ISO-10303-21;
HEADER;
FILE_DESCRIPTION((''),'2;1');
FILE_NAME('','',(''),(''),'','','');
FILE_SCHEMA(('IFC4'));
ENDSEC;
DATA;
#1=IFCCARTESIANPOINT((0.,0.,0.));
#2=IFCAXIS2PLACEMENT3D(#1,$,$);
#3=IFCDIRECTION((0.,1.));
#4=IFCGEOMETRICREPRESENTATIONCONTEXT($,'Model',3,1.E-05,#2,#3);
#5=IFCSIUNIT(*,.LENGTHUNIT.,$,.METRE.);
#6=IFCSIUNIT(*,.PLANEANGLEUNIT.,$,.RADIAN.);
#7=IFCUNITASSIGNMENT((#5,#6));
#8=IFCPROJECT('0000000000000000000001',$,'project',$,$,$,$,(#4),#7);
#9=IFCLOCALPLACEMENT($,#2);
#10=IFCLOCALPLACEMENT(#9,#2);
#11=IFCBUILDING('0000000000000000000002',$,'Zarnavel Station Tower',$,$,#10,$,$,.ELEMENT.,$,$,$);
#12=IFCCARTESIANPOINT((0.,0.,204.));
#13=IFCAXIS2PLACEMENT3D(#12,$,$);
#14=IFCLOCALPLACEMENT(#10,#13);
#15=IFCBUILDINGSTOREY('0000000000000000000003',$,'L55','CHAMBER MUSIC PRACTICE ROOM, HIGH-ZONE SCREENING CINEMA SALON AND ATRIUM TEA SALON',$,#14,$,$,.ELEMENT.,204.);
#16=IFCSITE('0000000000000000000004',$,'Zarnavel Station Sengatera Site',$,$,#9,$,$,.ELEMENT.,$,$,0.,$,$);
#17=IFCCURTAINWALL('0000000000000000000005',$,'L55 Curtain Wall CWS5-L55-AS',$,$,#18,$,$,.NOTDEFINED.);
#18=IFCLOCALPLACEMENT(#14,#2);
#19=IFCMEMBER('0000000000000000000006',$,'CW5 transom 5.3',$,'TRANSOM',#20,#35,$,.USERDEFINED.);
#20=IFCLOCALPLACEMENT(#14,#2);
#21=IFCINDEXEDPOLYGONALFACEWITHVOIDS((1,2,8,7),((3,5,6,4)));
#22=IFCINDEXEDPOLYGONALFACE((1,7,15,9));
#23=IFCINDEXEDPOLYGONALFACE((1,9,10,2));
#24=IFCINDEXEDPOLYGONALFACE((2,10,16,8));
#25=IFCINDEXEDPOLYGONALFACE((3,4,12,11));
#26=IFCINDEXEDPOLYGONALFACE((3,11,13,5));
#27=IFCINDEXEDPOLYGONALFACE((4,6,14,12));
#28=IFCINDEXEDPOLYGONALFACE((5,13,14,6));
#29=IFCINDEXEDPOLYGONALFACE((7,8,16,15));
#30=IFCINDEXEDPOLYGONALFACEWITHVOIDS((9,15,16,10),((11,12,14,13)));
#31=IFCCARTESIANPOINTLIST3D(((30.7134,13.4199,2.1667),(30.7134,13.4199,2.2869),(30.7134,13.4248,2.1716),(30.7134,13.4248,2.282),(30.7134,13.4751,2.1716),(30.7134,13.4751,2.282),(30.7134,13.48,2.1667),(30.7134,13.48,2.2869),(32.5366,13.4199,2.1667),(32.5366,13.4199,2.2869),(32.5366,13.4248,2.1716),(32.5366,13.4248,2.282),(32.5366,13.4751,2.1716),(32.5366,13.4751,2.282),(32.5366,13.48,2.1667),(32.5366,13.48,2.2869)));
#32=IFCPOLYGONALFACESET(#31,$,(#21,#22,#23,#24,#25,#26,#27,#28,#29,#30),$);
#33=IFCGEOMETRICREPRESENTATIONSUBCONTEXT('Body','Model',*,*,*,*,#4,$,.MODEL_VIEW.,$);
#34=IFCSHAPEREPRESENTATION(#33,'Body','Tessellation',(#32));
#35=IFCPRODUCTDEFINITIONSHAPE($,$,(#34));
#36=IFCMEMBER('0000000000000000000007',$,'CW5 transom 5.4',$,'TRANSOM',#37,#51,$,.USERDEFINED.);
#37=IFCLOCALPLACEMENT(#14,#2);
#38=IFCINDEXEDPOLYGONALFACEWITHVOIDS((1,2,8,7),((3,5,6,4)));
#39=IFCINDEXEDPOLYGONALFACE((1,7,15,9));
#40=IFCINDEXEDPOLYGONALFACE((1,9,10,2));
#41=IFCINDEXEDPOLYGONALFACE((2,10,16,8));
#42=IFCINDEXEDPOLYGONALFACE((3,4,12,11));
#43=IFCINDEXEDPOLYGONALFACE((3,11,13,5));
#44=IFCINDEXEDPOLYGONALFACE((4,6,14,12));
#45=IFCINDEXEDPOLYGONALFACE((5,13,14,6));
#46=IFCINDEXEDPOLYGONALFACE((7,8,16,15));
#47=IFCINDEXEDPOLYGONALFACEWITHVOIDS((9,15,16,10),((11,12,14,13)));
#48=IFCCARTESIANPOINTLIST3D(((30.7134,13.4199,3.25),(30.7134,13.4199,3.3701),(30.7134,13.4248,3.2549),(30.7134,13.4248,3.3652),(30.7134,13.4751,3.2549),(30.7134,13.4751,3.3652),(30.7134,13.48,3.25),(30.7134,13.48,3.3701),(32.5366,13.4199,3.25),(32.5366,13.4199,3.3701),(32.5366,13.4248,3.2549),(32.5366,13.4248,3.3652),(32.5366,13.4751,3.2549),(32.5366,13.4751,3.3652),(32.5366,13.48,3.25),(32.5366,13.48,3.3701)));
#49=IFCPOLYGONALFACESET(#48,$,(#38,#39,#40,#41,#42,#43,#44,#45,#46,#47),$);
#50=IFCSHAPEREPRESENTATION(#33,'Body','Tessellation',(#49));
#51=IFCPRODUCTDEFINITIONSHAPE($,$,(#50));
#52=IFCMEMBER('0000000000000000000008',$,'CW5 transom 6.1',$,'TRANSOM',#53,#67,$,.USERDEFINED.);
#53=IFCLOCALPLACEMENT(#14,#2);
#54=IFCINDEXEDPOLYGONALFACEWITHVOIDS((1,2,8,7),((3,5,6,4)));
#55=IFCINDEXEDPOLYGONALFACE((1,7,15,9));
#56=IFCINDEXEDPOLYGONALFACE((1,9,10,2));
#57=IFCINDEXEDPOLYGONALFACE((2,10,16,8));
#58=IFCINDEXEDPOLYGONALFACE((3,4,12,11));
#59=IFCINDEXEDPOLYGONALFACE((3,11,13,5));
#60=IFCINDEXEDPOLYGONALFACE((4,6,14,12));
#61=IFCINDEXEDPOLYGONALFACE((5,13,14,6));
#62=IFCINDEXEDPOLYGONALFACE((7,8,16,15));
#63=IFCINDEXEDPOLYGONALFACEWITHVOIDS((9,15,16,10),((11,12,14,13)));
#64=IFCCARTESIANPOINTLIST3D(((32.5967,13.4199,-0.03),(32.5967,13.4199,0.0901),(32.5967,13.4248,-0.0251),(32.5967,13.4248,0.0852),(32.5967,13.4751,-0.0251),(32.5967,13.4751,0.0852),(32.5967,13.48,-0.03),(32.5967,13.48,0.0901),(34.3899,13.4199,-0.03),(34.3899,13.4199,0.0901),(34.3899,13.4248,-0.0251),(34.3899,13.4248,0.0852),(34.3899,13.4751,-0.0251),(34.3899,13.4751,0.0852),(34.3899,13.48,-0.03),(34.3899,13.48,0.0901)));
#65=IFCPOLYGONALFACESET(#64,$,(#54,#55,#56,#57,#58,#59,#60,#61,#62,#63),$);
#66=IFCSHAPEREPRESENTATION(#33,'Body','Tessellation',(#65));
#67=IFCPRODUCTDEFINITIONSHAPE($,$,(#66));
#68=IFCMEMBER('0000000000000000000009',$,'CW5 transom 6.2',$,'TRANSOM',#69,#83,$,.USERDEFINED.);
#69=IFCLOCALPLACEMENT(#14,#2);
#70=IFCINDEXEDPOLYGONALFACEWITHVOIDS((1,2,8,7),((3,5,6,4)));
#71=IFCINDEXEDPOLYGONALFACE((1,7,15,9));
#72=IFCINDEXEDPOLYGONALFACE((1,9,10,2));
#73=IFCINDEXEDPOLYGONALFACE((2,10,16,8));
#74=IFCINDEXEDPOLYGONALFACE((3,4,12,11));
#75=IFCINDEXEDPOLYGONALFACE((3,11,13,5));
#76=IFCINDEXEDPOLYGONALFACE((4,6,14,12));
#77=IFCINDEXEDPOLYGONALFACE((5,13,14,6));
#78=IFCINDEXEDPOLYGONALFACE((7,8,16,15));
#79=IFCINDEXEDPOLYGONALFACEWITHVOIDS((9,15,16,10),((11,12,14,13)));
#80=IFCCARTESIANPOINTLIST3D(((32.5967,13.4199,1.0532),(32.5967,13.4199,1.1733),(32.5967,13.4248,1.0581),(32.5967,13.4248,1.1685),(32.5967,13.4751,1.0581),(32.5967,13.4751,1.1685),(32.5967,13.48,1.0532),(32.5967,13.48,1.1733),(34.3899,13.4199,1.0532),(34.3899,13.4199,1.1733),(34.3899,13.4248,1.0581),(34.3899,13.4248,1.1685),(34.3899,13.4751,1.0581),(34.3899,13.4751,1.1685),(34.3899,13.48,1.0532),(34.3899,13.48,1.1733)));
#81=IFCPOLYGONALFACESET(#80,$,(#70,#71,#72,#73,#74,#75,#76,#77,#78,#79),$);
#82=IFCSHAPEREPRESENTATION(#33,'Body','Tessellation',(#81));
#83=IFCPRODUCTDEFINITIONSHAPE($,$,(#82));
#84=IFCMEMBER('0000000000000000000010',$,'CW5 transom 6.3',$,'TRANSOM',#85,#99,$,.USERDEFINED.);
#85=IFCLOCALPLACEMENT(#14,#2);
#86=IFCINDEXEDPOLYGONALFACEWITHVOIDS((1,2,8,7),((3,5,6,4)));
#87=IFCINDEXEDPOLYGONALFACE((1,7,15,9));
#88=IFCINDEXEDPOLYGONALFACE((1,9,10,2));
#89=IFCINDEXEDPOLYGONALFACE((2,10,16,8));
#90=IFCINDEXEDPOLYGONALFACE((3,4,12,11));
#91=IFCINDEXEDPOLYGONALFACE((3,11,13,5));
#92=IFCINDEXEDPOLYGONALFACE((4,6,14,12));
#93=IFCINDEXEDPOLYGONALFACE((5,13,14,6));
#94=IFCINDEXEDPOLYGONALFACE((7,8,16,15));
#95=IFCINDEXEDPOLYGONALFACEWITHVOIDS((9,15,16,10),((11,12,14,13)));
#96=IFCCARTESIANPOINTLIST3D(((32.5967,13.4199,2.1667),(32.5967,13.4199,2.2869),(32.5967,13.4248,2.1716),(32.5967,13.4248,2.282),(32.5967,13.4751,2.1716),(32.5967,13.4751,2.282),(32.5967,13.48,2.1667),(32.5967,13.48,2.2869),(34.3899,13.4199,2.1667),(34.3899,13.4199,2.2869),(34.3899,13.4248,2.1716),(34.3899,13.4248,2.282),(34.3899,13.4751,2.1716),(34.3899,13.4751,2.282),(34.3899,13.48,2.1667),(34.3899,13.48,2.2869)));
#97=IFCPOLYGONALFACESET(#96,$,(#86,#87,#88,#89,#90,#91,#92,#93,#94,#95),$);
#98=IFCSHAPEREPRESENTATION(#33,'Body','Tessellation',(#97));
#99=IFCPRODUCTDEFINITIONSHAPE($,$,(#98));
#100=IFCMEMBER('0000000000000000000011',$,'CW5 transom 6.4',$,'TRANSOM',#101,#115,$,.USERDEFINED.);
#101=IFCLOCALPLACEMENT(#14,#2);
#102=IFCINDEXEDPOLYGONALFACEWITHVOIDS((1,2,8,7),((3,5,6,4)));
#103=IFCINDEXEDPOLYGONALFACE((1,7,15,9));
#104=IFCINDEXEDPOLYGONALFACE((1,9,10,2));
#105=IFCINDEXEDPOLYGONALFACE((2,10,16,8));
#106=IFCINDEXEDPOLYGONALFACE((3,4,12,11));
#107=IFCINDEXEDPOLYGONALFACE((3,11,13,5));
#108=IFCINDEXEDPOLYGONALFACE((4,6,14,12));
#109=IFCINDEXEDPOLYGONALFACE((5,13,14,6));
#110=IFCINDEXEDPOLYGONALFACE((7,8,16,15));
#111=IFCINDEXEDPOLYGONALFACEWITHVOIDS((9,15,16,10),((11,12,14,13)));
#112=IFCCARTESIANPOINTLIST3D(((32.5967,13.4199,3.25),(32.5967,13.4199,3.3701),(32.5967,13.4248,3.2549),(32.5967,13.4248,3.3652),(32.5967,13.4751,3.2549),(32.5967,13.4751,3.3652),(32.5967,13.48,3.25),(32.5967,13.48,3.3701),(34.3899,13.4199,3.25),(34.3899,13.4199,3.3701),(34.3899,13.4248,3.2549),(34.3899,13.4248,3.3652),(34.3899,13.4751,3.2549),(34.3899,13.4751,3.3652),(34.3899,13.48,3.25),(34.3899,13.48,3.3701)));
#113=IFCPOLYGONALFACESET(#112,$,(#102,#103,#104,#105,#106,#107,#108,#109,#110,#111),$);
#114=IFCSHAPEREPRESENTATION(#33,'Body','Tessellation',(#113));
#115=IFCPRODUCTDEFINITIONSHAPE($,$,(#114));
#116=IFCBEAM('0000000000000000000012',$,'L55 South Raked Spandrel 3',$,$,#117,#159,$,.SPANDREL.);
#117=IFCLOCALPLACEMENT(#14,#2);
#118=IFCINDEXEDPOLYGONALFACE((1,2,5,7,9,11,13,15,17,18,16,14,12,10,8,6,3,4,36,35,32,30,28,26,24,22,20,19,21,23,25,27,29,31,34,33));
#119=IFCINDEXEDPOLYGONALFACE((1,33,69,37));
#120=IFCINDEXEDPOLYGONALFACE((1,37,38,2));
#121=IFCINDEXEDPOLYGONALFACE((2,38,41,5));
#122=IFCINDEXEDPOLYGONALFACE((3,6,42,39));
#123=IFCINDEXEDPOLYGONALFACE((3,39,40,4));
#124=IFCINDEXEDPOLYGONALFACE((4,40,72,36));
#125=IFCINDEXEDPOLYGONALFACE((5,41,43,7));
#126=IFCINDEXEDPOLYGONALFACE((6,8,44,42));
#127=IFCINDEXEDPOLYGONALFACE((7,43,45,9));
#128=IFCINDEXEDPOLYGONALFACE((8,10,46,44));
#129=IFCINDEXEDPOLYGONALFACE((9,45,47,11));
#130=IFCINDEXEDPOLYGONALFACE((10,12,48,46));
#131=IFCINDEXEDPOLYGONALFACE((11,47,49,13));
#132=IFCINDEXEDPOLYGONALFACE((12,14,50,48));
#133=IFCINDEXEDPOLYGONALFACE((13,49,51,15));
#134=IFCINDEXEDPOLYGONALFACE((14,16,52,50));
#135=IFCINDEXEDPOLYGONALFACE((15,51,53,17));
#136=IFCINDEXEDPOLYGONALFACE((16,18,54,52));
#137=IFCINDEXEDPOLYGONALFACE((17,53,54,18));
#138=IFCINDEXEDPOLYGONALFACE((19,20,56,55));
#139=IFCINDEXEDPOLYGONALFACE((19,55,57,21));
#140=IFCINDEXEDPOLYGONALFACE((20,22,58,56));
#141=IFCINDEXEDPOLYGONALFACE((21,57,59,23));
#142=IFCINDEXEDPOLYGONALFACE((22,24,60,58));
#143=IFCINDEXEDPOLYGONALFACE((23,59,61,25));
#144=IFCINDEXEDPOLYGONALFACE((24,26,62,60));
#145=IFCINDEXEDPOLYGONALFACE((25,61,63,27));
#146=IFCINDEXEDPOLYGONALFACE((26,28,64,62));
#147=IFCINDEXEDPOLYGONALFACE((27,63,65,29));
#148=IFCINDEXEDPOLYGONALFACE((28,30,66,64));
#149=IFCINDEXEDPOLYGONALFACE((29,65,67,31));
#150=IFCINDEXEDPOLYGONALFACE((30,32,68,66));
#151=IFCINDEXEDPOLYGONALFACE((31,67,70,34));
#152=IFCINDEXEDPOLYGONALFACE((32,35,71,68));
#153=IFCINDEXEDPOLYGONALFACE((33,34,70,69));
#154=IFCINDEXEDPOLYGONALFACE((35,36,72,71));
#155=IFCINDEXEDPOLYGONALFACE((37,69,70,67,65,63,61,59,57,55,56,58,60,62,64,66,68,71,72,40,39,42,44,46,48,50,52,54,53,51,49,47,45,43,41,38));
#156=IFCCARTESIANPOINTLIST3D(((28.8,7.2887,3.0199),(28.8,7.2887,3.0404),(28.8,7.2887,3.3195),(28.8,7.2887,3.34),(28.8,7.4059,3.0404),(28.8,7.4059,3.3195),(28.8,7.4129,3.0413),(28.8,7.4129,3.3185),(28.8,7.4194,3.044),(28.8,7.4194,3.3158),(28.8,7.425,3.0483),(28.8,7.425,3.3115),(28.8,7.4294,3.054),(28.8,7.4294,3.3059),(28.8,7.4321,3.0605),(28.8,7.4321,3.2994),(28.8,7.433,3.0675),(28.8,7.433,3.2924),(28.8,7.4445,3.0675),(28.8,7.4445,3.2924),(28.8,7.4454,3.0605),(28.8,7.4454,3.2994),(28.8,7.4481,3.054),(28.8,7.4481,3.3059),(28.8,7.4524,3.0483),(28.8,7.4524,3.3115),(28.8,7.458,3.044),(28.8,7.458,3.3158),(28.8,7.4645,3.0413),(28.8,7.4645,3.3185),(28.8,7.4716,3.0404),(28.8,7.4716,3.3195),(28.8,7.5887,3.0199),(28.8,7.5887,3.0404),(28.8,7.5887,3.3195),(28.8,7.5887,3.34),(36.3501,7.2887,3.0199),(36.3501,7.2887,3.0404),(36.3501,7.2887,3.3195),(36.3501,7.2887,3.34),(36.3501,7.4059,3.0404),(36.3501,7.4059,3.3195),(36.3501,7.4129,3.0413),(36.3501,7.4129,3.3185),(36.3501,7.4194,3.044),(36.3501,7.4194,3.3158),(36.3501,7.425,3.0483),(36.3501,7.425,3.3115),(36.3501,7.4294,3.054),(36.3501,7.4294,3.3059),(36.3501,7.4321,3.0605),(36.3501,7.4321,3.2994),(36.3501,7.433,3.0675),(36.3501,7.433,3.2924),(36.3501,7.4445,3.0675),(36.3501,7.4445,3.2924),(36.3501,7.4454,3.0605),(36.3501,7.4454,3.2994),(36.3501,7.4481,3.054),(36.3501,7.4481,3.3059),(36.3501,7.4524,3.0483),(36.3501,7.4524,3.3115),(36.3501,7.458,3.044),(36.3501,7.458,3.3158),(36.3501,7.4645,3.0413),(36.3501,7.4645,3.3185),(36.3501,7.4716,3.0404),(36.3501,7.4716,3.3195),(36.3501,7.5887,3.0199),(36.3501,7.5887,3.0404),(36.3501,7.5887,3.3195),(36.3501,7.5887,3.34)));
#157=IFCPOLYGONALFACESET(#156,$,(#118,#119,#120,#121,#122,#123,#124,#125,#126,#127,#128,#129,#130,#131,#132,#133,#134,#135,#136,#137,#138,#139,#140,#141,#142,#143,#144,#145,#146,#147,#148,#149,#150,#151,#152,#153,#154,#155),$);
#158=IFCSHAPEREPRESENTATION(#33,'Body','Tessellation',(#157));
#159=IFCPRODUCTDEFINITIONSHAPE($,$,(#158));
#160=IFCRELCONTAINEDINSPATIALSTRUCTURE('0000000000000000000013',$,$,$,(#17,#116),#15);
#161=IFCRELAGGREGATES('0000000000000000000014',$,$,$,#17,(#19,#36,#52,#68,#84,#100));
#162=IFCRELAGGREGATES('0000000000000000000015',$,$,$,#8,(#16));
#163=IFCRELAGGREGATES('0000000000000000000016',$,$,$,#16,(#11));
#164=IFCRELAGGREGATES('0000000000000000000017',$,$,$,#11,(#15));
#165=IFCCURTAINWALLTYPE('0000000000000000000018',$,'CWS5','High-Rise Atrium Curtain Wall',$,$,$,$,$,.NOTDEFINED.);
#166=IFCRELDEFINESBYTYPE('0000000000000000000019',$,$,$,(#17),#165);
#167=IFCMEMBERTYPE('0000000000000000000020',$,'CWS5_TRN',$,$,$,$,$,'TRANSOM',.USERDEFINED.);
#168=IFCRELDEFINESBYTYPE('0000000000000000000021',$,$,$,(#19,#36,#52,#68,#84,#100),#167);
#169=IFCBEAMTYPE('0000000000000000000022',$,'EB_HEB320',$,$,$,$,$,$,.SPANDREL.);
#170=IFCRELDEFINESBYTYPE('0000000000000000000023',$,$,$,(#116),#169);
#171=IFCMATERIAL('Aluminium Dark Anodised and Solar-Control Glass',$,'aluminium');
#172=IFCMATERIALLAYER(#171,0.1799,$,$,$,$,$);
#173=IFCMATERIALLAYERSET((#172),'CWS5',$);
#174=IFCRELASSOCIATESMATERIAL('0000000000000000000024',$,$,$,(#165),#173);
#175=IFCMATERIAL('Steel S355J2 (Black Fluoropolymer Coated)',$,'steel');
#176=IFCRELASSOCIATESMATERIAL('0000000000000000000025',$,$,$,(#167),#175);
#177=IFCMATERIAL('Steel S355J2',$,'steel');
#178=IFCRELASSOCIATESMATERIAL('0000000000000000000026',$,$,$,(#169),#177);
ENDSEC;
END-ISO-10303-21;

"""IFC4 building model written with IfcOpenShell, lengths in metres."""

from ifc_helpers import new_model, si_unit, direction, frame, origin, origin_2d, place, context, subcontext, project, spatial, hollow_rectangle, i_section, extrude, material, layer, layer_set, material_profile, profile_set, type_object, element, aggregate, save


model = new_model("IFC4")

# Units and contexts
model_context = context("Model", 3, precision=1e-05, world=origin(), true_north=direction((0.0, 1.0)))
body_context = subcontext(model_context, "Body", "Model", "MODEL_VIEW")
ifc_project = project(units=[si_unit("LENGTHUNIT", "METRE"), si_unit("PLANEANGLEUNIT", "RADIAN")], contexts=[model_context])

# Site, building, storey
site_placement = place(None, origin())
site = spatial("IfcSite", under=ifc_project, at=site_placement, Name="Zarnavel Station Sengatera Site", CompositionType="ELEMENT", RefElevation=0.0)
building_placement = place(site_placement, origin())
building = spatial("IfcBuilding", under=site, at=building_placement, Name="Zarnavel Station Tower", CompositionType="ELEMENT")
storey_placement = place(building_placement, frame((0.0, 0.0, 204.0)))
storey = spatial("IfcBuildingStorey", under=building, at=storey_placement, Name="L55", Description="CHAMBER MUSIC PRACTICE ROOM, HIGH-ZONE SCREENING CINEMA SALON AND ATRIUM TEA SALON", CompositionType="ELEMENT", Elevation=204.0)

# Curtain wall, members
ifc_material_1 = material(Name="Aluminium Dark Anodised and Solar-Control Glass", Category="aluminium")
ifc_layer_1 = layer(ifc_material_1, 0.1799)
ifc_layer_set_1 = layer_set([ifc_layer_1], Name="CWS5")
curtain_wall_type = type_object("IfcCurtainWallType", Name="CWS5", Description="High-Rise Atrium Curtain Wall", PredefinedType="NOTDEFINED", material=ifc_layer_set_1)
curtain_wall_placement = place(storey_placement, origin())
curtain_wall = element("IfcCurtainWall", 1, at=curtain_wall_placement, inside=storey, type_object=curtain_wall_type, Name="L55 Curtain Wall CWS5-L55-AS", PredefinedType="NOTDEFINED")
ifc_material_2 = material(Name="Steel S355J2 (Black Fluoropolymer Coated)", Category="steel")
ifc_material_profile_1 = material_profile(ifc_material_2, hollow_rectangle(XDim=0.0601, YDim=0.1201, WallThickness=0.0049, at=origin_2d()), Name="RHS120x60x5")
ifc_profile_set_1 = profile_set([ifc_material_profile_1], Name="Steel S355J2 (Black Fluoropolymer Coated)")
member_type_1 = type_object("IfcMemberType", Name="CWS5_TRN", ElementType="TRANSOM", PredefinedType="USERDEFINED", material=ifc_profile_set_1)
member_1_placement = place(storey_placement, frame((30.7134, 13.45, 2.2268), z_axis=(1.0, 0.0, 0.0), x_axis=(0.0, 1.0, 0.0)))
member_1 = element("IfcMember", 2, at=member_1_placement, type_object=member_type_1, Name="CW5 transom 5.3", ObjectType="TRANSOM", PredefinedType="USERDEFINED", context=body_context, shape_type="SweptSolid", body=[
    extrude(hollow_rectangle(XDim=0.0601, YDim=0.1201, WallThickness=0.0049, at=origin_2d()), origin(), (0.0, 0.0, 1.0), 1.8232),
])
member_2_placement = place(storey_placement, frame((30.7134, 13.45, 3.3101), z_axis=(1.0, 0.0, 0.0), x_axis=(0.0, 1.0, 0.0)))
member_2 = element("IfcMember", 3, at=member_2_placement, type_object=member_type_1, Name="CW5 transom 5.4", ObjectType="TRANSOM", PredefinedType="USERDEFINED", context=body_context, shape_type="SweptSolid", body=[
    extrude(hollow_rectangle(XDim=0.0601, YDim=0.1201, WallThickness=0.0049, at=origin_2d()), origin(), (0.0, 0.0, 1.0), 1.8232),
])
member_3_placement = place(storey_placement, frame((32.5967, 13.45, 0.03), z_axis=(1.0, 0.0, 0.0), x_axis=(0.0, 1.0, 0.0)))
member_3 = element("IfcMember", 4, at=member_3_placement, type_object=member_type_1, Name="CW5 transom 6.1", ObjectType="TRANSOM", PredefinedType="USERDEFINED", context=body_context, shape_type="SweptSolid", body=[
    extrude(hollow_rectangle(XDim=0.0601, YDim=0.1201, WallThickness=0.0049, at=origin_2d()), origin(), (0.0, 0.0, 1.0), 1.7932),
])
member_4_placement = place(storey_placement, frame((32.5967, 13.45, 1.1133), z_axis=(1.0, 0.0, 0.0), x_axis=(0.0, 1.0, 0.0)))
member_4 = element("IfcMember", 5, at=member_4_placement, type_object=member_type_1, Name="CW5 transom 6.2", ObjectType="TRANSOM", PredefinedType="USERDEFINED", context=body_context, shape_type="SweptSolid", body=[
    extrude(hollow_rectangle(XDim=0.0601, YDim=0.1201, WallThickness=0.0049, at=origin_2d()), origin(), (0.0, 0.0, 1.0), 1.7932),
])
member_5_placement = place(storey_placement, frame((32.5967, 13.45, 2.2268), z_axis=(1.0, 0.0, 0.0), x_axis=(0.0, 1.0, 0.0)))
member_5 = element("IfcMember", 6, at=member_5_placement, type_object=member_type_1, Name="CW5 transom 6.3", ObjectType="TRANSOM", PredefinedType="USERDEFINED", context=body_context, shape_type="SweptSolid", body=[
    extrude(hollow_rectangle(XDim=0.0601, YDim=0.1201, WallThickness=0.0049, at=origin_2d()), origin(), (0.0, 0.0, 1.0), 1.7932),
])
member_6_placement = place(storey_placement, frame((32.5967, 13.45, 3.3101), z_axis=(1.0, 0.0, 0.0), x_axis=(0.0, 1.0, 0.0)))
member_6 = element("IfcMember", 7, at=member_6_placement, type_object=member_type_1, Name="CW5 transom 6.4", ObjectType="TRANSOM", PredefinedType="USERDEFINED", context=body_context, shape_type="SweptSolid", body=[
    extrude(hollow_rectangle(XDim=0.0601, YDim=0.1201, WallThickness=0.0049, at=origin_2d()), origin(), (0.0, 0.0, 1.0), 1.7932),
])

# Beam
ifc_material_3 = material(Name="Steel S355J2", Category="steel")
ifc_material_profile_2 = material_profile(ifc_material_3, i_section(OverallWidth=0.3, OverallDepth=0.3201, WebThickness=0.0115, FlangeThickness=0.0205, FilletRadius=0.0271, at=origin_2d()), Name="HEB320")
ifc_profile_set_2 = profile_set([ifc_material_profile_2], Name="Steel S355J2")
beam_type_1 = type_object("IfcBeamType", Name="EB_HEB320", PredefinedType="SPANDREL", material=ifc_profile_set_2)
beam_1_placement = place(storey_placement, frame((28.8, 7.4387, 3.1799), z_axis=(1.0, 0.0, 0.0), x_axis=(0.0, 1.0, 0.0)))
element("IfcBeam", 8, at=beam_1_placement, inside=storey, type_object=beam_type_1, Name="L55 South Raked Spandrel 3", PredefinedType="SPANDREL", context=body_context, shape_type="SweptSolid", body=[
    extrude(i_section(OverallWidth=0.3, OverallDepth=0.3201, WebThickness=0.0115, FlangeThickness=0.0205, FilletRadius=0.0271, at=origin_2d()), origin(), (0.0, 0.0, 1.0), 7.55),
])

aggregate(curtain_wall, [member_1, member_2, member_3, member_4, member_5, member_6])

save(model, "model.ifc")
